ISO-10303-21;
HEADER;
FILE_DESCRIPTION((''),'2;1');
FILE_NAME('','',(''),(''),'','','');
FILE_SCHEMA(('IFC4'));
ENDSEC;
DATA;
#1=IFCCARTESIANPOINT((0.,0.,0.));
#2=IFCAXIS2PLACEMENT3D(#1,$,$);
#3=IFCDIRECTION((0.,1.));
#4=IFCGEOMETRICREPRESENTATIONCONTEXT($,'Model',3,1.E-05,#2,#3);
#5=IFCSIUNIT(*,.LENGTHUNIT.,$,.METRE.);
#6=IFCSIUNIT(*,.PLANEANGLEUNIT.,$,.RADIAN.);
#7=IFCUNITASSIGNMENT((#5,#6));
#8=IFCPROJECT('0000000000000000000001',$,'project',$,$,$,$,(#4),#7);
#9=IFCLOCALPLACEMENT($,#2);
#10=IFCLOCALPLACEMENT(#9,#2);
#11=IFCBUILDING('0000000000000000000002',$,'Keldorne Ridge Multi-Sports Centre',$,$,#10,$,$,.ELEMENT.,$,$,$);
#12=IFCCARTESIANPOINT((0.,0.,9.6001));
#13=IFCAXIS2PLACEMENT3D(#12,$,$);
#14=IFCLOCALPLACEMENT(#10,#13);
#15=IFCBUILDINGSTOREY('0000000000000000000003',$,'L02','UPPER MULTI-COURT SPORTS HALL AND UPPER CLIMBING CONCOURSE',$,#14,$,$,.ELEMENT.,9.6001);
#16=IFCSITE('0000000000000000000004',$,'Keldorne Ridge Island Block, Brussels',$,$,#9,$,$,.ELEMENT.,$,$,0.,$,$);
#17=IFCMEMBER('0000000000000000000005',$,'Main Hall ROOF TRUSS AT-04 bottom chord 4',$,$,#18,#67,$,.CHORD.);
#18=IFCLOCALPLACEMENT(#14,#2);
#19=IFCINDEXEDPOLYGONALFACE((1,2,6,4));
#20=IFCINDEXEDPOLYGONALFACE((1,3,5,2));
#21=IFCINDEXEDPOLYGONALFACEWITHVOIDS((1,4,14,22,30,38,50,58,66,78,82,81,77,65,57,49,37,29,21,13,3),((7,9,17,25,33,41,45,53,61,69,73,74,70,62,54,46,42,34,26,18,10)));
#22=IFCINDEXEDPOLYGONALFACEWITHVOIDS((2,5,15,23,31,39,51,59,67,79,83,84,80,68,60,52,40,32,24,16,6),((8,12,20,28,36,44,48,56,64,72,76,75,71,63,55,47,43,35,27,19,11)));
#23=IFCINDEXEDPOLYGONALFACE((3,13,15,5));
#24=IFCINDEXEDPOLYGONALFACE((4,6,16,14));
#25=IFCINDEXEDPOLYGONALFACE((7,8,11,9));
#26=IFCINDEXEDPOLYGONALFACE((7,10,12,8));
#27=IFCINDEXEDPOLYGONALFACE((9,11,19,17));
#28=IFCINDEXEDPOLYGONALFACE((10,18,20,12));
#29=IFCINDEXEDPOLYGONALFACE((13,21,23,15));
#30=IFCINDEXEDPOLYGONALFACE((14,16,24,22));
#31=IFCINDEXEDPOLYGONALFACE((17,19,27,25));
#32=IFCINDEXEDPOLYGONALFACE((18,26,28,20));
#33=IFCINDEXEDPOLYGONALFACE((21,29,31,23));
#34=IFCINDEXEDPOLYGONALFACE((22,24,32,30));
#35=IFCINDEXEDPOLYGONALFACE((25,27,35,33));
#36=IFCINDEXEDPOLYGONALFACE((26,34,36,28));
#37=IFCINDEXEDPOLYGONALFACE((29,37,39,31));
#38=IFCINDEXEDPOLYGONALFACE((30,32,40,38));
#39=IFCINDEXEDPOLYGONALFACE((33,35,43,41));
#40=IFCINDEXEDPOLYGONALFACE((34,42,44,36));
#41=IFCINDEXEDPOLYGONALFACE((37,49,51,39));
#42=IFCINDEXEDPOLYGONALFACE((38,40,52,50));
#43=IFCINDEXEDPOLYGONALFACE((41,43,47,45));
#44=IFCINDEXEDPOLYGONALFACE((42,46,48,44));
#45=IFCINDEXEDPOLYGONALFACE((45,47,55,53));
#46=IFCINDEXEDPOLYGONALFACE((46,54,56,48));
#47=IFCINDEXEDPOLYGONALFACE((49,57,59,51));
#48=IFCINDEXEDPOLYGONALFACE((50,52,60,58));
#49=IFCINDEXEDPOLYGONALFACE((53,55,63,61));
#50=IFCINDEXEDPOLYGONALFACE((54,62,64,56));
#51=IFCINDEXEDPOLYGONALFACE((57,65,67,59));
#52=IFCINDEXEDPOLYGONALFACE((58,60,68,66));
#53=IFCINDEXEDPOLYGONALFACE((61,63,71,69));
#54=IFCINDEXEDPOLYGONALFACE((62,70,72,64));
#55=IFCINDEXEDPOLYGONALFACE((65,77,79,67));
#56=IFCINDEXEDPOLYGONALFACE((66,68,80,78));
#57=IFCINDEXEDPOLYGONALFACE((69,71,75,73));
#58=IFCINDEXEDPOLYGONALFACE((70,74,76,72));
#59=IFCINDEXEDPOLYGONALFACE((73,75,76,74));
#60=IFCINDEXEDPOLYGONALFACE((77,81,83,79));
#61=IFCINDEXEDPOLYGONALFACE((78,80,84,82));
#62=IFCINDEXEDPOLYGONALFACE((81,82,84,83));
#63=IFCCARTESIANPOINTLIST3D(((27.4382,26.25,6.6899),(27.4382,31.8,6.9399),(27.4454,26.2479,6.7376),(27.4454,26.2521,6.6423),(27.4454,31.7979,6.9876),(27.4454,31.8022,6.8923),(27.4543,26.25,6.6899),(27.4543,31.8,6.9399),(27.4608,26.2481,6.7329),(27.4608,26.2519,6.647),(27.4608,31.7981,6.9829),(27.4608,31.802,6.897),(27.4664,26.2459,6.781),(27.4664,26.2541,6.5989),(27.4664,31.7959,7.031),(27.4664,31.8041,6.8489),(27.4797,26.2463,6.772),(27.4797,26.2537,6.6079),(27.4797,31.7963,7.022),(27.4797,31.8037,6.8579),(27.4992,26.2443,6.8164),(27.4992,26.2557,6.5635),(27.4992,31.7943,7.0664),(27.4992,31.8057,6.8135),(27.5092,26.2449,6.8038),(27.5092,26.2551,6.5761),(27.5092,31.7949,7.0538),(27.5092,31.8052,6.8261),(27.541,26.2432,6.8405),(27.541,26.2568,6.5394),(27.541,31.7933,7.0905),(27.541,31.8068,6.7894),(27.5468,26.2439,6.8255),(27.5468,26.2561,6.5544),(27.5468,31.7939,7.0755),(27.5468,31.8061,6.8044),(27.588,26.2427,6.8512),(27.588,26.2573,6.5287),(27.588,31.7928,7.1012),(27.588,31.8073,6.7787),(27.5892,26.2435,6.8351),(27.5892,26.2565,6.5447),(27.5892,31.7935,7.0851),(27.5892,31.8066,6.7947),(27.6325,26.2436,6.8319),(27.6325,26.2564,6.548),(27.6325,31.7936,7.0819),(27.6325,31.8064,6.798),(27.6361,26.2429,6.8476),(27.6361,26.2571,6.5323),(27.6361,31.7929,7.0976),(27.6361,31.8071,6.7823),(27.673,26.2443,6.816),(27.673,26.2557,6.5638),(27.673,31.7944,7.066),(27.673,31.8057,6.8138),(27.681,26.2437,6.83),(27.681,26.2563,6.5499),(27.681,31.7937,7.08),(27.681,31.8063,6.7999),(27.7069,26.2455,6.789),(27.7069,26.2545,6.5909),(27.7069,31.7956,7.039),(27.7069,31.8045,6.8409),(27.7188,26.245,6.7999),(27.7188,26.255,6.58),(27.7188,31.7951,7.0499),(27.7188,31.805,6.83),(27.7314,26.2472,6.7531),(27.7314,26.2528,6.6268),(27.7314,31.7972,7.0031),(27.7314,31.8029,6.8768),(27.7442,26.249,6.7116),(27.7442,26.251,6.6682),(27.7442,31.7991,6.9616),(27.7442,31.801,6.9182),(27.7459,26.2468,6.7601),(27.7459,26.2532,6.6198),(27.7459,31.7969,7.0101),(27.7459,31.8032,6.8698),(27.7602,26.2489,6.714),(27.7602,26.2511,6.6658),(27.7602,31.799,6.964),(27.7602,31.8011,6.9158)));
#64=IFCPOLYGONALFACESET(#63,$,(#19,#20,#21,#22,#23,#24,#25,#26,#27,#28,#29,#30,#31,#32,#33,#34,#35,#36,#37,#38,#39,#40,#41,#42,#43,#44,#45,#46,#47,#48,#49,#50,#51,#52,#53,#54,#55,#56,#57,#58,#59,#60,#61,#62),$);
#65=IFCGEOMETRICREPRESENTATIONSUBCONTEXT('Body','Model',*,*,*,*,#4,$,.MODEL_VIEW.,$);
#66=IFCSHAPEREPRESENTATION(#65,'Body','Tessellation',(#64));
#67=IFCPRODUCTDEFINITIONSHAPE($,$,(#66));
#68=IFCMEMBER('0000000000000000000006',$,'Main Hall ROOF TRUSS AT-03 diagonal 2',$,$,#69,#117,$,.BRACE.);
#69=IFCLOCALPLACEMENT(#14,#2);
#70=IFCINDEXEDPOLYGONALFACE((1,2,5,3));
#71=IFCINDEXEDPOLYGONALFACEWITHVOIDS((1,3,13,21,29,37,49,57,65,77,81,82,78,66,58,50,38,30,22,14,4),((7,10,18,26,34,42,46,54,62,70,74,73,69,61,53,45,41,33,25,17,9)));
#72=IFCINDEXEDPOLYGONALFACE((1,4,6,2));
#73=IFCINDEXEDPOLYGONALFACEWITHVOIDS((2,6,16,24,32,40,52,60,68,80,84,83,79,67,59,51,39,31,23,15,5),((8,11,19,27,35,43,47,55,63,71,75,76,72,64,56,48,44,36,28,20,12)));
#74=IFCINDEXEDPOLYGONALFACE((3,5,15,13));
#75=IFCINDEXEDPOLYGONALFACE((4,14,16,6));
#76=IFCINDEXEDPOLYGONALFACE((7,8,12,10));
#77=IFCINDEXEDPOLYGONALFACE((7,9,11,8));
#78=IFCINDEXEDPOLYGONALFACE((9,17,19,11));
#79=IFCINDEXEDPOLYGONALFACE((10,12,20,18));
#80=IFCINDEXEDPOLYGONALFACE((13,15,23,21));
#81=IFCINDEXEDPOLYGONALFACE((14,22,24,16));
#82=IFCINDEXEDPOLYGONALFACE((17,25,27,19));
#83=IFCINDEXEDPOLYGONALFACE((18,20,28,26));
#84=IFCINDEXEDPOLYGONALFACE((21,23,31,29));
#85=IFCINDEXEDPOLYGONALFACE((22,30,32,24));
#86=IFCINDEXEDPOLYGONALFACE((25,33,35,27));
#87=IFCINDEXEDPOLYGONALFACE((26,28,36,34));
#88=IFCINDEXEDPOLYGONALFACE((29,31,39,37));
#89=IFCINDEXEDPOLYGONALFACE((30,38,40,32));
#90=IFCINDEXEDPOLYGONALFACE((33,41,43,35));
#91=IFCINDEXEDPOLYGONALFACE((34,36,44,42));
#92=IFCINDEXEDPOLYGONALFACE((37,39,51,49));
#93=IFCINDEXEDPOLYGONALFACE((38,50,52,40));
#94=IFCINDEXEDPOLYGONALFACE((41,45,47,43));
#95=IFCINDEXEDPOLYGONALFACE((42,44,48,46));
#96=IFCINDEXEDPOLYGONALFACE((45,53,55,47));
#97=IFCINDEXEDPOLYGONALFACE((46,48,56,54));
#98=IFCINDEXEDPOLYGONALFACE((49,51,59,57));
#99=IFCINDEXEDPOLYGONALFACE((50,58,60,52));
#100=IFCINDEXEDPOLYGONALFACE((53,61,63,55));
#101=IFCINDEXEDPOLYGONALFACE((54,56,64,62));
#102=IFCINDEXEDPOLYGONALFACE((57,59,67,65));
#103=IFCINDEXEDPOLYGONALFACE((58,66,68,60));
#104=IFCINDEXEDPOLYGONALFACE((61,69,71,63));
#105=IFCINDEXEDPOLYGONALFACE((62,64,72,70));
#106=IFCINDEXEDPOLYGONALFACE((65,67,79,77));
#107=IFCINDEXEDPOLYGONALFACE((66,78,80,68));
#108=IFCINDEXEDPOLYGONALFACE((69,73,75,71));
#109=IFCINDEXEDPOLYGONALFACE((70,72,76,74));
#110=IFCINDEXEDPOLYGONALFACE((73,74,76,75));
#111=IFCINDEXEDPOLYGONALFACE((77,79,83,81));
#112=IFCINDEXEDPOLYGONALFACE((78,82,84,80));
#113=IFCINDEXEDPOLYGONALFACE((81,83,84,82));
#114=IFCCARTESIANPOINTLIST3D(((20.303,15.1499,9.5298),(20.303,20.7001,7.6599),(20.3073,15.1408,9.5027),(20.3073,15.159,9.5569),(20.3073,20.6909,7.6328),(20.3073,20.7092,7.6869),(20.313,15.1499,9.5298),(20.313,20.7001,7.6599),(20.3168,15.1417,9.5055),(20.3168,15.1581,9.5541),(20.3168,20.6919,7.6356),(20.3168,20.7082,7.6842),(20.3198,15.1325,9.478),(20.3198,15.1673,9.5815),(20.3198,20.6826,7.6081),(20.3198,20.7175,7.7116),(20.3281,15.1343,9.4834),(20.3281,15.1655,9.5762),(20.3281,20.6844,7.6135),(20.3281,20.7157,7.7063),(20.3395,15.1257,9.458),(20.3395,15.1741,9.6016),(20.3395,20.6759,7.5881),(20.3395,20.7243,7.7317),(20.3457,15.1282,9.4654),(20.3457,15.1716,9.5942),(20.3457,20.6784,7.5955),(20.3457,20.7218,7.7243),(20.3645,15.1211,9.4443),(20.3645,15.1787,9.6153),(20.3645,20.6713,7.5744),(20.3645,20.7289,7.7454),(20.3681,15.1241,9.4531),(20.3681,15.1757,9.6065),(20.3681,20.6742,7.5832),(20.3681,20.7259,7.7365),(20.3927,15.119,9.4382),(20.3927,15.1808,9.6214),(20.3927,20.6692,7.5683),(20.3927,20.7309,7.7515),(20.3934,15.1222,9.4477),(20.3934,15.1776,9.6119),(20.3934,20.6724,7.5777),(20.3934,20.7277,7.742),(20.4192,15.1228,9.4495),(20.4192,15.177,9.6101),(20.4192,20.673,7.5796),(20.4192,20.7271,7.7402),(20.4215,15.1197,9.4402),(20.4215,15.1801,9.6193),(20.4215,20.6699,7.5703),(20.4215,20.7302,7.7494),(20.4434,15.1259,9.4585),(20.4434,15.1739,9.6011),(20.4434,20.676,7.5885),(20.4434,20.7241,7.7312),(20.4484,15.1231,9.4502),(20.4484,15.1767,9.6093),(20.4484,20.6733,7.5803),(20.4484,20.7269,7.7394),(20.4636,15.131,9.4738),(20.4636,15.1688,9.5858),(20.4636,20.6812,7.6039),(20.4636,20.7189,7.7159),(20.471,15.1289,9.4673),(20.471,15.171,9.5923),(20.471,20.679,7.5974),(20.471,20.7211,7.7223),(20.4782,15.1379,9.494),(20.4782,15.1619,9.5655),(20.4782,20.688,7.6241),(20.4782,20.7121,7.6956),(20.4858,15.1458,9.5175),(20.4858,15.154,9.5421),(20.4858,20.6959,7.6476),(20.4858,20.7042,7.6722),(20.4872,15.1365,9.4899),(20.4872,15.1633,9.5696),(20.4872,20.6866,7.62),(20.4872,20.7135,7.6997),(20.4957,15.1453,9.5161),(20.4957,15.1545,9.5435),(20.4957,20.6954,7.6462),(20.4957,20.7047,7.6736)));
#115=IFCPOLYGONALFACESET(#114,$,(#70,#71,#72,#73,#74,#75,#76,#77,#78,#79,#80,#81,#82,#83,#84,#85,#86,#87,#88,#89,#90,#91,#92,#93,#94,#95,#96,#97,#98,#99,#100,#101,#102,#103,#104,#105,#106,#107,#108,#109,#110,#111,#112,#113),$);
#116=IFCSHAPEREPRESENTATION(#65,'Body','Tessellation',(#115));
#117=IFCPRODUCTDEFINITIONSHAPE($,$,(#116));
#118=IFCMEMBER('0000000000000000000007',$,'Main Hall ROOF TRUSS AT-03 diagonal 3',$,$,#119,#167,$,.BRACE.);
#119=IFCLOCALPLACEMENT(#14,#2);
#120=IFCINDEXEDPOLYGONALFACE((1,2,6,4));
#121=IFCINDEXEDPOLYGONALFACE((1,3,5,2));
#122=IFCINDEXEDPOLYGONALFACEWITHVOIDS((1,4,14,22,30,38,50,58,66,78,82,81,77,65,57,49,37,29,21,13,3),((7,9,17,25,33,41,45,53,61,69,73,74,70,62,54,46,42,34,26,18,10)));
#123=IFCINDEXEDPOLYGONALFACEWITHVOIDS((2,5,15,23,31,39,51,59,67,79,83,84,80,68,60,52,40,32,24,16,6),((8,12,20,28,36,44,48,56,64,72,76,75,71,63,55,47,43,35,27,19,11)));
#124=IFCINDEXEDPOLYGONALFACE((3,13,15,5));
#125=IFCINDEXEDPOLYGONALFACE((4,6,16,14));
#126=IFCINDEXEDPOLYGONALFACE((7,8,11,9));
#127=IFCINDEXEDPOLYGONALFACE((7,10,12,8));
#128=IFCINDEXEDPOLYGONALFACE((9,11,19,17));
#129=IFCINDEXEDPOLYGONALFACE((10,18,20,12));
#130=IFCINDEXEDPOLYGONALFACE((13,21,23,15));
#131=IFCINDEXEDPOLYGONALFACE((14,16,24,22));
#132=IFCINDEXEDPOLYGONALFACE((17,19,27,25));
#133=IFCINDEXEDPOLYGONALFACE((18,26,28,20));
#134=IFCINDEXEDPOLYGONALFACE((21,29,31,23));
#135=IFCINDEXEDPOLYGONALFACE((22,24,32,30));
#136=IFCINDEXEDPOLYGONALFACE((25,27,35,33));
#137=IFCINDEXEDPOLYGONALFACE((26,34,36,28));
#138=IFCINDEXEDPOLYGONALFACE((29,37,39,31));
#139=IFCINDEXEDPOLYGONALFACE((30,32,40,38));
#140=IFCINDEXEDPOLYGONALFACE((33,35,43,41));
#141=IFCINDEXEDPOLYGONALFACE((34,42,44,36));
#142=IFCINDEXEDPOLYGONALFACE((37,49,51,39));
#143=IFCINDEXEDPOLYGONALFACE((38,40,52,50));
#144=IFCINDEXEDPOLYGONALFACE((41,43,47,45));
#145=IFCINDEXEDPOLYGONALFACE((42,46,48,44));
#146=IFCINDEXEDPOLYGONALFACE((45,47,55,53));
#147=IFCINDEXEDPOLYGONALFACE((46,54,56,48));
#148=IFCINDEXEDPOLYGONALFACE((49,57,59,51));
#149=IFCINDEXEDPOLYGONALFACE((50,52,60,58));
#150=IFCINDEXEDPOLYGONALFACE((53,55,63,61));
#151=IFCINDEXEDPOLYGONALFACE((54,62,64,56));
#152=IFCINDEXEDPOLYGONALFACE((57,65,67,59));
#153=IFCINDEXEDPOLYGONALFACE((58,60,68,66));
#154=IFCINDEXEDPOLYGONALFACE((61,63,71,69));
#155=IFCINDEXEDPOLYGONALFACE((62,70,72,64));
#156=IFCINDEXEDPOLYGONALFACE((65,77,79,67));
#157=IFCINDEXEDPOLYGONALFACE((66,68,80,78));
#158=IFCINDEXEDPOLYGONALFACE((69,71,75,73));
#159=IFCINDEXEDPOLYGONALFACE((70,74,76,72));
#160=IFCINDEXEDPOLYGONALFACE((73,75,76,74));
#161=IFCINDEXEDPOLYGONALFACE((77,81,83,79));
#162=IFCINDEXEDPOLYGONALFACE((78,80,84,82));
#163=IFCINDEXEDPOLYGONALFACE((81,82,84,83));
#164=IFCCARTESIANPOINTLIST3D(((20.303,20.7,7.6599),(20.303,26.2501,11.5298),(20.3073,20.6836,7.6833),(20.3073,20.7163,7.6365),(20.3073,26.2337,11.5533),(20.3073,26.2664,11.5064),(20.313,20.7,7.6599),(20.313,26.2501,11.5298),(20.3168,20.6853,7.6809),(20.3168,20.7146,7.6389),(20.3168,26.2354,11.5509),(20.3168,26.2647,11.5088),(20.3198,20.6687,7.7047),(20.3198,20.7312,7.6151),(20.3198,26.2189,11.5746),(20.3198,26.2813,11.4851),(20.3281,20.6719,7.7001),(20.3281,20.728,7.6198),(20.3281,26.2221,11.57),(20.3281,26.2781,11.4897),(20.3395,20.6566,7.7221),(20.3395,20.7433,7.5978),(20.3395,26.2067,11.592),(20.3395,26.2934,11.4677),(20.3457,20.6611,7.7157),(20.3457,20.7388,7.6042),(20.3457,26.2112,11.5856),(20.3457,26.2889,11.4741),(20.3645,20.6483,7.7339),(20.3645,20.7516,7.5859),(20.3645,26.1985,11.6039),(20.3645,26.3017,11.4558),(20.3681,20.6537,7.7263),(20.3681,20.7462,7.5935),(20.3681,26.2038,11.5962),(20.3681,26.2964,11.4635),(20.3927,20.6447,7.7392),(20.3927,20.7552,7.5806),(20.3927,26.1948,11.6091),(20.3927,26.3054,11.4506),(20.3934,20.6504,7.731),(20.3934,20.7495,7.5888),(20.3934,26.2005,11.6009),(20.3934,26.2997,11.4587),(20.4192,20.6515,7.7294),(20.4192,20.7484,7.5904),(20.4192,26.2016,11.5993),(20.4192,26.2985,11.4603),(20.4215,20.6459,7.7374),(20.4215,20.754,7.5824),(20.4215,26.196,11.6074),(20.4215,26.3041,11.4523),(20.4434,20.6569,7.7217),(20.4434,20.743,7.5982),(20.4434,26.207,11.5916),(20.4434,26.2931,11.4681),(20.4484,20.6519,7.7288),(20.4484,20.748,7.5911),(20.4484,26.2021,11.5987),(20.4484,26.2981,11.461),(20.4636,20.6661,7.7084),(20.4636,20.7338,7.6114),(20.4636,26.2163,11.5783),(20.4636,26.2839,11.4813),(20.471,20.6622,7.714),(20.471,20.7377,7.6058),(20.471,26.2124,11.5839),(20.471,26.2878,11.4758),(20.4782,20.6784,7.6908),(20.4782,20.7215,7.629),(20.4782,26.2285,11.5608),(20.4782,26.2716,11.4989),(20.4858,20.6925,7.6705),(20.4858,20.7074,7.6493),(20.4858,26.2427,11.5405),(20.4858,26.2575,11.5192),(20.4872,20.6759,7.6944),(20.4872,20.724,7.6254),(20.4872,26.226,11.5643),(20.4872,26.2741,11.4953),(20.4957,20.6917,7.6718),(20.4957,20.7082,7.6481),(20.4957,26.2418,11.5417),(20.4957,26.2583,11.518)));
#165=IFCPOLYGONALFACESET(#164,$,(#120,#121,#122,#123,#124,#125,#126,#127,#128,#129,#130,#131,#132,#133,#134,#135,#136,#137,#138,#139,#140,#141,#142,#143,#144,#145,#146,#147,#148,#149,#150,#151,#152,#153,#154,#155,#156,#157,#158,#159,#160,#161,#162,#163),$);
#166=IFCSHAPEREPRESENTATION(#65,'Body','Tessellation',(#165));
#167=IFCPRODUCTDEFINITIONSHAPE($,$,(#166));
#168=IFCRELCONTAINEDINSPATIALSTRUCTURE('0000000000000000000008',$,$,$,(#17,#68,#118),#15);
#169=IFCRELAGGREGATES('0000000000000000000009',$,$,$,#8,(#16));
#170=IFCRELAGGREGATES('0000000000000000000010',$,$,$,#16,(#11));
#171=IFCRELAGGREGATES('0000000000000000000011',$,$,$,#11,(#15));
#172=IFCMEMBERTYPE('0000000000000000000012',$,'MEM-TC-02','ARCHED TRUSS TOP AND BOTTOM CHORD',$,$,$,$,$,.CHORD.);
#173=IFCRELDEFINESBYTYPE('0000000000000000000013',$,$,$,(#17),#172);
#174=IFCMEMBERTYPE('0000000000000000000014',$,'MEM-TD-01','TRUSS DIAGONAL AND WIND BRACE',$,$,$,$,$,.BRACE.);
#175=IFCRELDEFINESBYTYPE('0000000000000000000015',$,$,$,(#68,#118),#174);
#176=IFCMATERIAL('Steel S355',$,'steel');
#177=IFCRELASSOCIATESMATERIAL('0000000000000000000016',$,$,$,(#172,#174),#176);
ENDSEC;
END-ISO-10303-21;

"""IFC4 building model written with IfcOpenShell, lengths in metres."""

from ifc_helpers import new_model, si_unit, direction, frame, origin, origin_2d, place, context, subcontext, project, spatial, hollow_circle, extrude, material, material_profile, profile_set, type_object, element, save


model = new_model("IFC4")

# Units and contexts
model_context = context("Model", 3, precision=1e-05, world=origin(), true_north=direction((0.0, 1.0)))
body_context = subcontext(model_context, "Body", "Model", "MODEL_VIEW")
ifc_project = project(units=[si_unit("LENGTHUNIT", "METRE"), si_unit("PLANEANGLEUNIT", "RADIAN")], contexts=[model_context])

# Site, building, storey
site_placement = place(None, origin())
site = spatial("IfcSite", under=ifc_project, at=site_placement, Name="Keldorne Ridge Island Block, Brussels", CompositionType="ELEMENT", RefElevation=0.0)
building_placement = place(site_placement, origin())
building = spatial("IfcBuilding", under=site, at=building_placement, Name="Keldorne Ridge Multi-Sports Centre", CompositionType="ELEMENT")
storey_placement = place(building_placement, frame((0.0, 0.0, 9.6001)))
storey = spatial("IfcBuildingStorey", under=building, at=storey_placement, Name="L02", Description="UPPER MULTI-COURT SPORTS HALL AND UPPER CLIMBING CONCOURSE", CompositionType="ELEMENT", Elevation=9.6001)

# Members
ifc_material_1 = material(Name="Steel S355", Category="steel")
ifc_material_profile_1 = material_profile(ifc_material_1, hollow_circle(Radius=0.1619, WallThickness=0.0161, at=origin_2d()), Name="CHS 323.9x16")
ifc_profile_set_1 = profile_set([ifc_material_profile_1], Name="Steel S355")
member_type_1 = type_object("IfcMemberType", Name="MEM-TC-02", Description="ARCHED TRUSS TOP AND BOTTOM CHORD", PredefinedType="CHORD", material=ifc_profile_set_1)
member_1_placement = place(storey_placement, frame((27.6001, 26.25, 6.6899), z_axis=(0.0, 0.998987, 0.044999), x_axis=(-1.0, 0.0, 0.0)))
element("IfcMember", 1, at=member_1_placement, inside=storey, type_object=member_type_1, Name="Main Hall ROOF TRUSS AT-04 bottom chord 4", PredefinedType="CHORD", context=body_context, shape_type="SweptSolid", body=[
    extrude(hollow_circle(Radius=0.1619, WallThickness=0.0161, at=origin_2d()), origin(), (0.0, 0.0, 1.0), 5.5557),
])
ifc_material_profile_2 = material_profile(ifc_material_1, hollow_circle(Radius=0.0969, WallThickness=0.01, at=origin_2d()), Name="CHS 193.7x10")
ifc_profile_set_2 = profile_set([ifc_material_profile_2], Name="Steel S355")
member_type_2 = type_object("IfcMemberType", Name="MEM-TD-01", Description="TRUSS DIAGONAL AND WIND BRACE", PredefinedType="BRACE", material=ifc_profile_set_2)
member_2_placement = place(storey_placement, frame((20.3999, 15.1499, 9.5298), z_axis=(0.0, 0.947661, -0.319278), x_axis=(-1.0, 0.0, 0.0)))
element("IfcMember", 2, at=member_2_placement, inside=storey, type_object=member_type_2, Name="Main Hall ROOF TRUSS AT-03 diagonal 2", PredefinedType="BRACE", context=body_context, shape_type="SweptSolid", body=[
    extrude(hollow_circle(Radius=0.0969, WallThickness=0.01, at=origin_2d()), origin(), (0.0, 0.0, 1.0), 5.8567),
])
member_3_placement = place(storey_placement, frame((20.3999, 20.7, 7.6599), z_axis=(0.0, 0.820283, 0.571958), x_axis=(-1.0, 0.0, 0.0)))
element("IfcMember", 3, at=member_3_placement, inside=storey, type_object=member_type_2, Name="Main Hall ROOF TRUSS AT-03 diagonal 3", PredefinedType="BRACE", context=body_context, shape_type="SweptSolid", body=[
    extrude(hollow_circle(Radius=0.0969, WallThickness=0.01, at=origin_2d()), origin(), (0.0, 0.0, 1.0), 6.7661),
])

save(model, "model.ifc")
